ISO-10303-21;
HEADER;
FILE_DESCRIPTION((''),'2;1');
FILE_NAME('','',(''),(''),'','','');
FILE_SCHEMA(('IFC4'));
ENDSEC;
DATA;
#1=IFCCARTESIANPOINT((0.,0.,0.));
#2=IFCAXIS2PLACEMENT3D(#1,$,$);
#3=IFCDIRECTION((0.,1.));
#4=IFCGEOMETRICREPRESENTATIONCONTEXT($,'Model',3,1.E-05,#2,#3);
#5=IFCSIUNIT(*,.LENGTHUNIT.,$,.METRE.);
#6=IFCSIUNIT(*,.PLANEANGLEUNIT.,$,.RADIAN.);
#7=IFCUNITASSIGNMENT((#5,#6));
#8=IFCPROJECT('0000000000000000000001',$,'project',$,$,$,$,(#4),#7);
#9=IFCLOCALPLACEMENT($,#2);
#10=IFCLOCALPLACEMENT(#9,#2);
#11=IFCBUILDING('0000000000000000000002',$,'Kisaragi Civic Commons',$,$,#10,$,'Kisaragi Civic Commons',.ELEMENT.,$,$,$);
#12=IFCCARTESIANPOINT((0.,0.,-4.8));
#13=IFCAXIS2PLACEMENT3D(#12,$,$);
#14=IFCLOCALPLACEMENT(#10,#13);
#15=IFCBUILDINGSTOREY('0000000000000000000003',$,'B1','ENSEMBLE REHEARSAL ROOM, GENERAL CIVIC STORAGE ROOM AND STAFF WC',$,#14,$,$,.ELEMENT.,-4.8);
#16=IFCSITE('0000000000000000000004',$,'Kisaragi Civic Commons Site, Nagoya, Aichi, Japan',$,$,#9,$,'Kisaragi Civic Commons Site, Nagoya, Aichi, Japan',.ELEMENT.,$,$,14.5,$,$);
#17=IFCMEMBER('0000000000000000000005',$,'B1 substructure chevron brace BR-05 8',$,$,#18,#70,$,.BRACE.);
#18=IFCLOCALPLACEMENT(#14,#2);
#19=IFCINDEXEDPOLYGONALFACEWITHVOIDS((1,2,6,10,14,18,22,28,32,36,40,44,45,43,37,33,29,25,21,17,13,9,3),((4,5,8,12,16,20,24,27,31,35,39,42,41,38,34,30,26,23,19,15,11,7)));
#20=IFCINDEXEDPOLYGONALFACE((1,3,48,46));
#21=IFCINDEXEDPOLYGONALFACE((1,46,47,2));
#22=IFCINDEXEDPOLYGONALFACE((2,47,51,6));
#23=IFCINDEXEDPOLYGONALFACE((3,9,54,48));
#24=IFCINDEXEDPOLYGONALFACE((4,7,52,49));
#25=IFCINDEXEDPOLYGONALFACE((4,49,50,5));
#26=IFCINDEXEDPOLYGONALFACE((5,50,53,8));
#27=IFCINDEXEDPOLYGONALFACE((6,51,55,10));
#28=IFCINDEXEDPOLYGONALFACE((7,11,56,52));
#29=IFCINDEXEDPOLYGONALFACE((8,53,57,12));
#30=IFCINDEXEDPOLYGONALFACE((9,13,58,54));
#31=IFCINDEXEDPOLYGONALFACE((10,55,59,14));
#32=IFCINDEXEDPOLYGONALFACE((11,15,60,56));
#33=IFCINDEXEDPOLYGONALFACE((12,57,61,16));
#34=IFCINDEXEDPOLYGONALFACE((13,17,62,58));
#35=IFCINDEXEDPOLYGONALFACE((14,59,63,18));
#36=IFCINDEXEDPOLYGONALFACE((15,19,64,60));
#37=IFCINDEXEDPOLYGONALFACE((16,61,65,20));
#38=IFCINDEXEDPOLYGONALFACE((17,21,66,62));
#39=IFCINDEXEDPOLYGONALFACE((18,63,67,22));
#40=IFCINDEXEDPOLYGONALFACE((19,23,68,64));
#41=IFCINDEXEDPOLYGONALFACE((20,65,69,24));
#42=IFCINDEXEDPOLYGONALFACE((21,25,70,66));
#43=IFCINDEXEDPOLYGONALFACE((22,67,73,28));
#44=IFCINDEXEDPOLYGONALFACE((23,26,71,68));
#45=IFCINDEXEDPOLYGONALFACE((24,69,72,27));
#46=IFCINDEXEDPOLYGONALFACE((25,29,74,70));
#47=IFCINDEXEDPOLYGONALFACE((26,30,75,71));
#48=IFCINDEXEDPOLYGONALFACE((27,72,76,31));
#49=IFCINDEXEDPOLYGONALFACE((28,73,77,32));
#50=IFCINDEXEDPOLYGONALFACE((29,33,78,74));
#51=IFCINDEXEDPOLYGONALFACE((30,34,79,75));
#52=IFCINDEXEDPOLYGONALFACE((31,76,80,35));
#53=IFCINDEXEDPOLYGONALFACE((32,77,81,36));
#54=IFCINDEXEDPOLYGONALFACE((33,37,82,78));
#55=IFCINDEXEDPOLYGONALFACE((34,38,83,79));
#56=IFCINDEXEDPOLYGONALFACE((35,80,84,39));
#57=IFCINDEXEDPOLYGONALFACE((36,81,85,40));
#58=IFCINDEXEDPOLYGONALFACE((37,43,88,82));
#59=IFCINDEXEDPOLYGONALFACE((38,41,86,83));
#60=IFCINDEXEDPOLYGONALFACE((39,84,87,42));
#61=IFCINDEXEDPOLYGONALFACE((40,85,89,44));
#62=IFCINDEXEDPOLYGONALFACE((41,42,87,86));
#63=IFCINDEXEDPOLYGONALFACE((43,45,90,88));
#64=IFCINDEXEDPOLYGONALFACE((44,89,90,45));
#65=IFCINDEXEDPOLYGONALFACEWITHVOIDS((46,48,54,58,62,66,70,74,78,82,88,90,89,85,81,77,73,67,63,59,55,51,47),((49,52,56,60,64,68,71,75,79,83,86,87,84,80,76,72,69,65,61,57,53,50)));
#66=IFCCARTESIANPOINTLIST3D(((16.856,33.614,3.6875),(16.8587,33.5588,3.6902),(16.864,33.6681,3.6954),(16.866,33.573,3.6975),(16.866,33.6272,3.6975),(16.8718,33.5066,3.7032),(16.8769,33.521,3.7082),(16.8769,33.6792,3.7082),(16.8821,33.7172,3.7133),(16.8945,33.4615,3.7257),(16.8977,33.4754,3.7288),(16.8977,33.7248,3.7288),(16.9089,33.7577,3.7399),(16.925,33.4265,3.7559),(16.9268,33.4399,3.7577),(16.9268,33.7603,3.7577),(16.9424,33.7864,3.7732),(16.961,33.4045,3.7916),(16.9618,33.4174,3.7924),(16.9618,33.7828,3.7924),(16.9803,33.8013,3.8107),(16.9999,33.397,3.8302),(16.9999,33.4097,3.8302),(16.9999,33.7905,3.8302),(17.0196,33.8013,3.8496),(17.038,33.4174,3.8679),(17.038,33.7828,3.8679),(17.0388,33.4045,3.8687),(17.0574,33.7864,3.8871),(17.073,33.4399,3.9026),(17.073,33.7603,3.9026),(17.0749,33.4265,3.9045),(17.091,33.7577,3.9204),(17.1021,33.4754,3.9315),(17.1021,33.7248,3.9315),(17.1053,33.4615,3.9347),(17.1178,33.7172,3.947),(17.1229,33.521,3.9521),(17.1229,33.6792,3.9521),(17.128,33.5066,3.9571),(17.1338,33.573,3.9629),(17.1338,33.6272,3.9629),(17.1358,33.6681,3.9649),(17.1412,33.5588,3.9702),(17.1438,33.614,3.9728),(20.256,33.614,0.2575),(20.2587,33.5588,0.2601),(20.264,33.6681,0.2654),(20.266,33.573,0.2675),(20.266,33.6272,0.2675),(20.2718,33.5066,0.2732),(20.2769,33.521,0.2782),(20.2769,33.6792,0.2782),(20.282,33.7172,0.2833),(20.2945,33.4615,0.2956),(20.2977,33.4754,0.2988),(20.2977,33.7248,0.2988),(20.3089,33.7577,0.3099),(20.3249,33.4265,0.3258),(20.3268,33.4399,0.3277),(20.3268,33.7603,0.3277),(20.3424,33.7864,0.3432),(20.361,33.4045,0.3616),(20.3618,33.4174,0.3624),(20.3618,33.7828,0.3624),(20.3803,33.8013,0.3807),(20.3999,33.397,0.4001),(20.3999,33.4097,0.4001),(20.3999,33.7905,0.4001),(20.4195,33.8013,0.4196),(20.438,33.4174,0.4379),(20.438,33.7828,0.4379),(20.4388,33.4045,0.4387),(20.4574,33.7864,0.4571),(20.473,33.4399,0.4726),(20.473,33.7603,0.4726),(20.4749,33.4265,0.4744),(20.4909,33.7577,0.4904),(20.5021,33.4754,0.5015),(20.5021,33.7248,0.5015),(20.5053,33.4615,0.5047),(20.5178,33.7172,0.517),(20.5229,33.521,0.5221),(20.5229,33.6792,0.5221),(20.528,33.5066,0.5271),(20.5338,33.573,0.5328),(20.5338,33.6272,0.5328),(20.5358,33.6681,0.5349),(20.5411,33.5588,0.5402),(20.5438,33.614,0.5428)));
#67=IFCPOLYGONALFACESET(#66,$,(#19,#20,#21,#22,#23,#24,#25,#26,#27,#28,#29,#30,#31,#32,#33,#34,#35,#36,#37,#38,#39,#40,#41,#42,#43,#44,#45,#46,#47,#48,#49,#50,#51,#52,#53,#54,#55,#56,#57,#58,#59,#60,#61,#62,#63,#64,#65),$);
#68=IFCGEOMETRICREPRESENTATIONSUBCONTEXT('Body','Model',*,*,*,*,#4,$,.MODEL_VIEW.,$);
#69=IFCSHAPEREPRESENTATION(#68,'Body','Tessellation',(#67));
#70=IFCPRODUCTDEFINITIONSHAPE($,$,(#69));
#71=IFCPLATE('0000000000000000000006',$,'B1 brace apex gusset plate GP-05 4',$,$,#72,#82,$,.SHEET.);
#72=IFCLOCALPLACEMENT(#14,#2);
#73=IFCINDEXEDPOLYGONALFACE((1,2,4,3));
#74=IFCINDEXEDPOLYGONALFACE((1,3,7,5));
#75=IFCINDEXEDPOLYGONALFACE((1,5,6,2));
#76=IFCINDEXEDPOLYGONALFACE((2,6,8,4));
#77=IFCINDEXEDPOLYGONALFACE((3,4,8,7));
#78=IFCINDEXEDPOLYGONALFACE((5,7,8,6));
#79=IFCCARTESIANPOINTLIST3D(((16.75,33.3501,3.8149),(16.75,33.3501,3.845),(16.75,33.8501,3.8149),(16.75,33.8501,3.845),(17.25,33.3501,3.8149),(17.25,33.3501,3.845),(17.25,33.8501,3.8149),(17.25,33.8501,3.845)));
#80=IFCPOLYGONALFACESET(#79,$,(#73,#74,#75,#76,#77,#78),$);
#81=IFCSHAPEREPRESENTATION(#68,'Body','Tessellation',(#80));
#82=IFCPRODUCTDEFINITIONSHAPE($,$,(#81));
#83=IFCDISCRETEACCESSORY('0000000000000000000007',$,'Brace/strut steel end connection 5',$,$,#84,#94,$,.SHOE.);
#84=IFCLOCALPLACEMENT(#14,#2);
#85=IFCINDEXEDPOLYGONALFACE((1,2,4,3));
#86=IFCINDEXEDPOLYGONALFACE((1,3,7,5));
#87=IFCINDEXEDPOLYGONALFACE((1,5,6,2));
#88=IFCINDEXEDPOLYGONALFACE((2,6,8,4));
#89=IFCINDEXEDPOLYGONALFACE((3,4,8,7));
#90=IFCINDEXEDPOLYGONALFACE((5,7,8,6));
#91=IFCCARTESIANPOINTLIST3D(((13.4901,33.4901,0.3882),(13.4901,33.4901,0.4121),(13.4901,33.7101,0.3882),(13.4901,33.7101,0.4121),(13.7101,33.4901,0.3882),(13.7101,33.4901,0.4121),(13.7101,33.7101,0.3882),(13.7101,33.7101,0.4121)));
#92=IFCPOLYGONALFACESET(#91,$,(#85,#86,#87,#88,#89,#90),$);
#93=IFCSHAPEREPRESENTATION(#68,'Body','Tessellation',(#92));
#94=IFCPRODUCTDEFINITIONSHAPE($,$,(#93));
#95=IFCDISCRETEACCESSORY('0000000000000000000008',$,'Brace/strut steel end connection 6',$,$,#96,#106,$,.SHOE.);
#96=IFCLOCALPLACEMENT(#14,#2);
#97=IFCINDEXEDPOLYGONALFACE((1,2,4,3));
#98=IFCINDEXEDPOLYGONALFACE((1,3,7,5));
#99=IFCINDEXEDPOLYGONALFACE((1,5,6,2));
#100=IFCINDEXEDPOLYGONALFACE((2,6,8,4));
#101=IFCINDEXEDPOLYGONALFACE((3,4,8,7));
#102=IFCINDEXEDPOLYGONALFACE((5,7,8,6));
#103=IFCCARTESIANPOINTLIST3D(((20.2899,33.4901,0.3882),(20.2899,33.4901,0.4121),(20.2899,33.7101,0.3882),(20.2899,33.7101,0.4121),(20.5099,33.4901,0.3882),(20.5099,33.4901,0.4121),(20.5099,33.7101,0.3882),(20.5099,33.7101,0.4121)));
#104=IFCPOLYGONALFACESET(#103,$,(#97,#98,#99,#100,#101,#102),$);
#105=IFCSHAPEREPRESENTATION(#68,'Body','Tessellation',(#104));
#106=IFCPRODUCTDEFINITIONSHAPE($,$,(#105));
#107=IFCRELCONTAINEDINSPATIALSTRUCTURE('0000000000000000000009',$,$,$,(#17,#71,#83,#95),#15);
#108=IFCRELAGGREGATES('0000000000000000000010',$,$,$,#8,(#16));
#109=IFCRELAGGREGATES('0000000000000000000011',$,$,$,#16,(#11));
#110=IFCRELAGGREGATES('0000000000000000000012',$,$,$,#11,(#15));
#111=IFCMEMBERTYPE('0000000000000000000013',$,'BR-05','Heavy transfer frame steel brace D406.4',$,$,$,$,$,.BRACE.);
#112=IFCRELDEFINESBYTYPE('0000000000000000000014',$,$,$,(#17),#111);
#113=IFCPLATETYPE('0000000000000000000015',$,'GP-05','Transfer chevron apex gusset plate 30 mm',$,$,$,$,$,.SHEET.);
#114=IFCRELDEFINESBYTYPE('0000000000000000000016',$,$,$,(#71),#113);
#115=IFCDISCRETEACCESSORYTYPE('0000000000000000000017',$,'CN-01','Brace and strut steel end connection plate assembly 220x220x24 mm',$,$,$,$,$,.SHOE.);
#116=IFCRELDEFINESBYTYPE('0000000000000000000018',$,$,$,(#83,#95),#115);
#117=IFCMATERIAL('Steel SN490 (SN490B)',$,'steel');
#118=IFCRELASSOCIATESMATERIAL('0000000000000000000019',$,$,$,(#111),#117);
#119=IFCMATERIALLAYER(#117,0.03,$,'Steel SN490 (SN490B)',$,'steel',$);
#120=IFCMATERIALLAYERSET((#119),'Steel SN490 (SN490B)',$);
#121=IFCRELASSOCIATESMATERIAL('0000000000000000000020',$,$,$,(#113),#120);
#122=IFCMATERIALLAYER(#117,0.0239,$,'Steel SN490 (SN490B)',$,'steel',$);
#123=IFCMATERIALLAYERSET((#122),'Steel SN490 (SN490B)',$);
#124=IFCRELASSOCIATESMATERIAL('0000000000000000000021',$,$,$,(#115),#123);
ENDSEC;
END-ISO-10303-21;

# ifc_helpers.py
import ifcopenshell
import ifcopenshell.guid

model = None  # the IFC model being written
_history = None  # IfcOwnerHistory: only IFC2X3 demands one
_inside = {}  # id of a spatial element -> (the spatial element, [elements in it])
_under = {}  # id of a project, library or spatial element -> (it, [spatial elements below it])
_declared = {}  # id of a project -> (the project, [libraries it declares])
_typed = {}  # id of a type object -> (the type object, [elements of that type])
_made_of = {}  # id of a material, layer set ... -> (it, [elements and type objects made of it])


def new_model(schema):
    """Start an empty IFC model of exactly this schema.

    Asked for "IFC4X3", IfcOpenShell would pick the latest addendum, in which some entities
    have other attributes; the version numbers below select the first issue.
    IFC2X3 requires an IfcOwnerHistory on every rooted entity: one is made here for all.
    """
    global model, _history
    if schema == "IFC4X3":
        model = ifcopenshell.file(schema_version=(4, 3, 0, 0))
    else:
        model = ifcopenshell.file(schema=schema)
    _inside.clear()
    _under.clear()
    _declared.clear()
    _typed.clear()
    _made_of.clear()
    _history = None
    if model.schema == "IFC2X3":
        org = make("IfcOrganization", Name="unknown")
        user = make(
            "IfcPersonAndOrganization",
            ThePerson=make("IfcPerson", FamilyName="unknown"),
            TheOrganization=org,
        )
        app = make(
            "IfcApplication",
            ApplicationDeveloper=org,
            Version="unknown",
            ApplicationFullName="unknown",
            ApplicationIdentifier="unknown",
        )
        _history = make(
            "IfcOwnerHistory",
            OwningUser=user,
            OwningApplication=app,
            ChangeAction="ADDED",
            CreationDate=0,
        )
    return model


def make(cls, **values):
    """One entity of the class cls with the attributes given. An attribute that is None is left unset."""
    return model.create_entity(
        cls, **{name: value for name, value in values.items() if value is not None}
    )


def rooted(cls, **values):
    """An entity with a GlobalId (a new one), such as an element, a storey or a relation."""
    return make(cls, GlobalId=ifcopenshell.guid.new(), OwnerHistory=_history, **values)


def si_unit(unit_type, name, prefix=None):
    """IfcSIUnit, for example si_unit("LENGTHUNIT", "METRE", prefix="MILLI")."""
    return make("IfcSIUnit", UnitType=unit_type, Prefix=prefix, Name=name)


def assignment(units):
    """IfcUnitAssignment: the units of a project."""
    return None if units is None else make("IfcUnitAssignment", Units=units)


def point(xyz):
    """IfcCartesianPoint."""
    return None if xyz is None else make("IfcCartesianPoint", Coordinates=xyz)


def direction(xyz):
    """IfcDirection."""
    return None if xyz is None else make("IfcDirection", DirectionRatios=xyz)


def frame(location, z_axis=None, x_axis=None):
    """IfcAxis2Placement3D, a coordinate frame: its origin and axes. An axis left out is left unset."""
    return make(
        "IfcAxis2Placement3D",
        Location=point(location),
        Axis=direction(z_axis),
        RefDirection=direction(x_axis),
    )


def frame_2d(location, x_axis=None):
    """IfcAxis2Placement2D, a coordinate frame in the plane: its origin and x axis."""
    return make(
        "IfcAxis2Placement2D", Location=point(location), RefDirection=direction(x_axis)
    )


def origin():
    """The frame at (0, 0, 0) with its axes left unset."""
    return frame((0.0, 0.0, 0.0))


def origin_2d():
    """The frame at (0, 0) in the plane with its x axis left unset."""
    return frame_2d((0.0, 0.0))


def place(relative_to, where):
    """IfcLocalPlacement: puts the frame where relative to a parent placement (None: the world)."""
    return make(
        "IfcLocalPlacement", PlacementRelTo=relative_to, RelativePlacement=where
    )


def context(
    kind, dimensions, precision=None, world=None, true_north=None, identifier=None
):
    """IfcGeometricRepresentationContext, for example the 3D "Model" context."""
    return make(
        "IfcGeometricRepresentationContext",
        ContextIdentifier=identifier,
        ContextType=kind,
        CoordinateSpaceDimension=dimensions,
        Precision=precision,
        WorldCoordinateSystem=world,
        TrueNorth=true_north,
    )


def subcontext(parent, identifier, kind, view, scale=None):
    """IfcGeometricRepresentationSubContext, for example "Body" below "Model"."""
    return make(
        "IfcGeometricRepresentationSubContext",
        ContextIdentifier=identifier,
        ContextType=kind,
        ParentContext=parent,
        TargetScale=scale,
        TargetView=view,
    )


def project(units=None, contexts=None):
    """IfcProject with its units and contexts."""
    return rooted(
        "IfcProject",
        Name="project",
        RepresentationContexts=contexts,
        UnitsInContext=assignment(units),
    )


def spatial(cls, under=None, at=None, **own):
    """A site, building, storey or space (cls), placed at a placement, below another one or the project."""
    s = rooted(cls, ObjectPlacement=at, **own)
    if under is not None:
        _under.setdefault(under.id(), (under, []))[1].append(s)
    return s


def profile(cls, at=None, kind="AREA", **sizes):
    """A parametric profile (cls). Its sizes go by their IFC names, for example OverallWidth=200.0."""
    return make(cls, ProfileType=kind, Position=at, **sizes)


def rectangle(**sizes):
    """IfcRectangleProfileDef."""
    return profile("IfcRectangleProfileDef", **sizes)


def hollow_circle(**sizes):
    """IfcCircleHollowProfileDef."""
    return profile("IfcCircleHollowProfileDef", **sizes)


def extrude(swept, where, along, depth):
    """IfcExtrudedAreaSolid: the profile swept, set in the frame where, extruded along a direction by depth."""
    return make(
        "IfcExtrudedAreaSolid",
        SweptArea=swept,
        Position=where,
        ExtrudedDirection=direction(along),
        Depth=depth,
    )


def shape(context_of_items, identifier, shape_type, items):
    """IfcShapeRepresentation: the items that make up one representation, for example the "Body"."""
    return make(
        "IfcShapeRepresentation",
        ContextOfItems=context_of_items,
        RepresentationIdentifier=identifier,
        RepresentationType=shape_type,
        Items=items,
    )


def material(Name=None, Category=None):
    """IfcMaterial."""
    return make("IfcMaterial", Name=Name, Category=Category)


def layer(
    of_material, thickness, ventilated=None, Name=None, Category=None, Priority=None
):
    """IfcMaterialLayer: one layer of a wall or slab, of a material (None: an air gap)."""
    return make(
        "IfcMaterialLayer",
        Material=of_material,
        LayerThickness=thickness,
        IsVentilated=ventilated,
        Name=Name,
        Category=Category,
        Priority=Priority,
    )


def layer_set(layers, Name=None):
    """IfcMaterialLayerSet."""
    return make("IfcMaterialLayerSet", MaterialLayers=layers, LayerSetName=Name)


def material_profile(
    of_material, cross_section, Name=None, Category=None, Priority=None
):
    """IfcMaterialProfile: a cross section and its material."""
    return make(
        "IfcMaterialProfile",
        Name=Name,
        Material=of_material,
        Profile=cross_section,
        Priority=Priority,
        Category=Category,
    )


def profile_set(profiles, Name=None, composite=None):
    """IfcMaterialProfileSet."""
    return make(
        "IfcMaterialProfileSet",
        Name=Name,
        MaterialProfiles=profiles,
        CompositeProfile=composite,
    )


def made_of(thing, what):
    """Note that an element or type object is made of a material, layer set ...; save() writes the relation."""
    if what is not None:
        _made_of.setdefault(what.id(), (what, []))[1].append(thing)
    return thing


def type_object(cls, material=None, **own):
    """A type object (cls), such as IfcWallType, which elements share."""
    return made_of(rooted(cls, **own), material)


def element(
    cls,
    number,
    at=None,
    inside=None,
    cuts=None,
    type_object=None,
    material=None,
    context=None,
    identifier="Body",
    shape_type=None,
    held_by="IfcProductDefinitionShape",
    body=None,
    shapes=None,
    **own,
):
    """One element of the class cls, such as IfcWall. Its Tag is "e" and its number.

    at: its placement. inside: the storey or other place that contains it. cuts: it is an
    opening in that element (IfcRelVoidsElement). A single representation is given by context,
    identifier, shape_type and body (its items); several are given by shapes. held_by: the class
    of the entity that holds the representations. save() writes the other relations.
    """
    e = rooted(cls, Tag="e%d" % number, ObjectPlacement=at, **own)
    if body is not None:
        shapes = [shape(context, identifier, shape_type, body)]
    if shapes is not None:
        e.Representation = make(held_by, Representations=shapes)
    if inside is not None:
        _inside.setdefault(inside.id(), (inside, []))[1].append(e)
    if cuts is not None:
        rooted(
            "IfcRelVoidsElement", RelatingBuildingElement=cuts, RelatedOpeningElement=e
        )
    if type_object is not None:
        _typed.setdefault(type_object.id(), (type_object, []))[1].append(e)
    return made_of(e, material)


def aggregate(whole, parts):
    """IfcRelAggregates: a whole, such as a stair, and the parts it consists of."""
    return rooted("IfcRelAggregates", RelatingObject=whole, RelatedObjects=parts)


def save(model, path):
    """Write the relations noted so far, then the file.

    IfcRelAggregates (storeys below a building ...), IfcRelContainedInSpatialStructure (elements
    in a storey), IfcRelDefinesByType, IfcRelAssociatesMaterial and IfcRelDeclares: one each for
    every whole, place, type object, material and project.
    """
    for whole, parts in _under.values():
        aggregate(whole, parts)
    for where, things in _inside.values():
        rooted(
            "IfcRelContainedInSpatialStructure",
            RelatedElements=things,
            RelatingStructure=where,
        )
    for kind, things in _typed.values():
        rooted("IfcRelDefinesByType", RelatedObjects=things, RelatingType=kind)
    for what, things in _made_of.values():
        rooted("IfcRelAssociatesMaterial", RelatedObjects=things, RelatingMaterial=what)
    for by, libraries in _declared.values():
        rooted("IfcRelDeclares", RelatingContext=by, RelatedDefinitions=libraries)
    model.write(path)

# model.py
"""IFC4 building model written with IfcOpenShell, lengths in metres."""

from ifc_helpers import new_model, si_unit, direction, frame, origin, origin_2d, place, context, subcontext, project, spatial, rectangle, hollow_circle, extrude, material, layer, layer_set, material_profile, profile_set, type_object, element, save


model = new_model("IFC4")

# Units and contexts
model_context = context("Model", 3, precision=1e-05, world=origin(), true_north=direction((0.0, 1.0)))
body_context = subcontext(model_context, "Body", "Model", "MODEL_VIEW")
ifc_project = project(units=[si_unit("LENGTHUNIT", "METRE"), si_unit("PLANEANGLEUNIT", "RADIAN")], contexts=[model_context])

# Site, building, storey
site_placement = place(None, origin())
site = spatial("IfcSite", under=ifc_project, at=site_placement, Name="Kisaragi Civic Commons Site, Nagoya, Aichi, Japan", LongName="Kisaragi Civic Commons Site, Nagoya, Aichi, Japan", CompositionType="ELEMENT", RefElevation=14.5)
building_placement = place(site_placement, origin())
building = spatial("IfcBuilding", under=site, at=building_placement, Name="Kisaragi Civic Commons", LongName="Kisaragi Civic Commons", CompositionType="ELEMENT")
storey_placement = place(building_placement, frame((0.0, 0.0, -4.8)))
storey = spatial("IfcBuildingStorey", under=building, at=storey_placement, Name="B1", Description="ENSEMBLE REHEARSAL ROOM, GENERAL CIVIC STORAGE ROOM AND STAFF WC", CompositionType="ELEMENT", Elevation=-4.8)

# Member
ifc_material_1 = material(Name="Steel SN490 (SN490B)", Category="steel")
ifc_material_profile_1 = material_profile(ifc_material_1, hollow_circle(Radius=0.2031, WallThickness=0.0127, at=origin_2d()), Name="CHS-406.4x12.7", Category="steel")
ifc_profile_set_1 = profile_set([ifc_material_profile_1], Name="Steel SN490 (SN490B)")
member_type = type_object("IfcMemberType", Name="BR-05", Description="Heavy transfer frame steel brace D406.4", PredefinedType="BRACE", material=ifc_profile_set_1)
for number, where, z_axis, x_axis, name in (
    (1, (20.3999, 33.6001, 0.4001), (-0.703991, 0.0, 0.710209), (0.0, -1.0, 0.0), "B1 substructure chevron brace BR-05 8"),
):
    element("IfcMember", number, at=place(storey_placement, frame(where, z_axis=z_axis, x_axis=x_axis)), inside=storey, type_object=member_type, Name=name, PredefinedType="BRACE", context=body_context, shape_type="SweptSolid", body=[
        extrude(hollow_circle(Radius=0.2031, WallThickness=0.0127, at=origin_2d()), origin(), (0.0, 0.0, 1.0), 4.8296),
    ])

# Plate
ifc_layer_1 = layer(ifc_material_1, 0.03, Name="Steel SN490 (SN490B)", Category="steel")
ifc_layer_set_1 = layer_set([ifc_layer_1], Name="Steel SN490 (SN490B)")
plate_type = type_object("IfcPlateType", Name="GP-05", Description="Transfer chevron apex gusset plate 30 mm", PredefinedType="SHEET", material=ifc_layer_set_1)
plate_placement = place(storey_placement, frame((17.0, 33.6001, 3.8149), z_axis=(0.0, 0.0, 1.0), x_axis=(1.0, 0.0, 0.0)))
element("IfcPlate", 2, at=plate_placement, inside=storey, type_object=plate_type, Name="B1 brace apex gusset plate GP-05 4", PredefinedType="SHEET", context=body_context, shape_type="SweptSolid", body=[
    extrude(rectangle(XDim=0.5, YDim=0.5, at=origin_2d()), origin(), (0.0, 0.0, 1.0), 0.03),
])

# Discrete accessories
ifc_layer_2 = layer(ifc_material_1, 0.0239, Name="Steel SN490 (SN490B)", Category="steel")
ifc_layer_set_2 = layer_set([ifc_layer_2], Name="Steel SN490 (SN490B)")
discrete_accessory_type = type_object("IfcDiscreteAccessoryType", Name="CN-01", Description="Brace and strut steel end connection plate assembly 220x220x24 mm", PredefinedType="SHOE", material=ifc_layer_set_2)
for number, where, z_axis, x_axis, name in (
    (3, (13.6001, 33.6001, 0.3882), (0.0, 0.0, 1.0), (1.0, 0.0, 0.0), "Brace/strut steel end connection 5"),
    (4, (20.3999, 33.6001, 0.3882), (0.0, 0.0, 1.0), (1.0, 0.0, 0.0), "Brace/strut steel end connection 6"),
):
    element("IfcDiscreteAccessory", number, at=place(storey_placement, frame(where, z_axis=z_axis, x_axis=x_axis)), inside=storey, type_object=discrete_accessory_type, Name=name, PredefinedType="SHOE", context=body_context, shape_type="SweptSolid", body=[
        extrude(rectangle(XDim=0.22, YDim=0.22, at=origin_2d()), origin(), (0.0, 0.0, 1.0), 0.0239),
    ])

save(model, "model.ifc")
